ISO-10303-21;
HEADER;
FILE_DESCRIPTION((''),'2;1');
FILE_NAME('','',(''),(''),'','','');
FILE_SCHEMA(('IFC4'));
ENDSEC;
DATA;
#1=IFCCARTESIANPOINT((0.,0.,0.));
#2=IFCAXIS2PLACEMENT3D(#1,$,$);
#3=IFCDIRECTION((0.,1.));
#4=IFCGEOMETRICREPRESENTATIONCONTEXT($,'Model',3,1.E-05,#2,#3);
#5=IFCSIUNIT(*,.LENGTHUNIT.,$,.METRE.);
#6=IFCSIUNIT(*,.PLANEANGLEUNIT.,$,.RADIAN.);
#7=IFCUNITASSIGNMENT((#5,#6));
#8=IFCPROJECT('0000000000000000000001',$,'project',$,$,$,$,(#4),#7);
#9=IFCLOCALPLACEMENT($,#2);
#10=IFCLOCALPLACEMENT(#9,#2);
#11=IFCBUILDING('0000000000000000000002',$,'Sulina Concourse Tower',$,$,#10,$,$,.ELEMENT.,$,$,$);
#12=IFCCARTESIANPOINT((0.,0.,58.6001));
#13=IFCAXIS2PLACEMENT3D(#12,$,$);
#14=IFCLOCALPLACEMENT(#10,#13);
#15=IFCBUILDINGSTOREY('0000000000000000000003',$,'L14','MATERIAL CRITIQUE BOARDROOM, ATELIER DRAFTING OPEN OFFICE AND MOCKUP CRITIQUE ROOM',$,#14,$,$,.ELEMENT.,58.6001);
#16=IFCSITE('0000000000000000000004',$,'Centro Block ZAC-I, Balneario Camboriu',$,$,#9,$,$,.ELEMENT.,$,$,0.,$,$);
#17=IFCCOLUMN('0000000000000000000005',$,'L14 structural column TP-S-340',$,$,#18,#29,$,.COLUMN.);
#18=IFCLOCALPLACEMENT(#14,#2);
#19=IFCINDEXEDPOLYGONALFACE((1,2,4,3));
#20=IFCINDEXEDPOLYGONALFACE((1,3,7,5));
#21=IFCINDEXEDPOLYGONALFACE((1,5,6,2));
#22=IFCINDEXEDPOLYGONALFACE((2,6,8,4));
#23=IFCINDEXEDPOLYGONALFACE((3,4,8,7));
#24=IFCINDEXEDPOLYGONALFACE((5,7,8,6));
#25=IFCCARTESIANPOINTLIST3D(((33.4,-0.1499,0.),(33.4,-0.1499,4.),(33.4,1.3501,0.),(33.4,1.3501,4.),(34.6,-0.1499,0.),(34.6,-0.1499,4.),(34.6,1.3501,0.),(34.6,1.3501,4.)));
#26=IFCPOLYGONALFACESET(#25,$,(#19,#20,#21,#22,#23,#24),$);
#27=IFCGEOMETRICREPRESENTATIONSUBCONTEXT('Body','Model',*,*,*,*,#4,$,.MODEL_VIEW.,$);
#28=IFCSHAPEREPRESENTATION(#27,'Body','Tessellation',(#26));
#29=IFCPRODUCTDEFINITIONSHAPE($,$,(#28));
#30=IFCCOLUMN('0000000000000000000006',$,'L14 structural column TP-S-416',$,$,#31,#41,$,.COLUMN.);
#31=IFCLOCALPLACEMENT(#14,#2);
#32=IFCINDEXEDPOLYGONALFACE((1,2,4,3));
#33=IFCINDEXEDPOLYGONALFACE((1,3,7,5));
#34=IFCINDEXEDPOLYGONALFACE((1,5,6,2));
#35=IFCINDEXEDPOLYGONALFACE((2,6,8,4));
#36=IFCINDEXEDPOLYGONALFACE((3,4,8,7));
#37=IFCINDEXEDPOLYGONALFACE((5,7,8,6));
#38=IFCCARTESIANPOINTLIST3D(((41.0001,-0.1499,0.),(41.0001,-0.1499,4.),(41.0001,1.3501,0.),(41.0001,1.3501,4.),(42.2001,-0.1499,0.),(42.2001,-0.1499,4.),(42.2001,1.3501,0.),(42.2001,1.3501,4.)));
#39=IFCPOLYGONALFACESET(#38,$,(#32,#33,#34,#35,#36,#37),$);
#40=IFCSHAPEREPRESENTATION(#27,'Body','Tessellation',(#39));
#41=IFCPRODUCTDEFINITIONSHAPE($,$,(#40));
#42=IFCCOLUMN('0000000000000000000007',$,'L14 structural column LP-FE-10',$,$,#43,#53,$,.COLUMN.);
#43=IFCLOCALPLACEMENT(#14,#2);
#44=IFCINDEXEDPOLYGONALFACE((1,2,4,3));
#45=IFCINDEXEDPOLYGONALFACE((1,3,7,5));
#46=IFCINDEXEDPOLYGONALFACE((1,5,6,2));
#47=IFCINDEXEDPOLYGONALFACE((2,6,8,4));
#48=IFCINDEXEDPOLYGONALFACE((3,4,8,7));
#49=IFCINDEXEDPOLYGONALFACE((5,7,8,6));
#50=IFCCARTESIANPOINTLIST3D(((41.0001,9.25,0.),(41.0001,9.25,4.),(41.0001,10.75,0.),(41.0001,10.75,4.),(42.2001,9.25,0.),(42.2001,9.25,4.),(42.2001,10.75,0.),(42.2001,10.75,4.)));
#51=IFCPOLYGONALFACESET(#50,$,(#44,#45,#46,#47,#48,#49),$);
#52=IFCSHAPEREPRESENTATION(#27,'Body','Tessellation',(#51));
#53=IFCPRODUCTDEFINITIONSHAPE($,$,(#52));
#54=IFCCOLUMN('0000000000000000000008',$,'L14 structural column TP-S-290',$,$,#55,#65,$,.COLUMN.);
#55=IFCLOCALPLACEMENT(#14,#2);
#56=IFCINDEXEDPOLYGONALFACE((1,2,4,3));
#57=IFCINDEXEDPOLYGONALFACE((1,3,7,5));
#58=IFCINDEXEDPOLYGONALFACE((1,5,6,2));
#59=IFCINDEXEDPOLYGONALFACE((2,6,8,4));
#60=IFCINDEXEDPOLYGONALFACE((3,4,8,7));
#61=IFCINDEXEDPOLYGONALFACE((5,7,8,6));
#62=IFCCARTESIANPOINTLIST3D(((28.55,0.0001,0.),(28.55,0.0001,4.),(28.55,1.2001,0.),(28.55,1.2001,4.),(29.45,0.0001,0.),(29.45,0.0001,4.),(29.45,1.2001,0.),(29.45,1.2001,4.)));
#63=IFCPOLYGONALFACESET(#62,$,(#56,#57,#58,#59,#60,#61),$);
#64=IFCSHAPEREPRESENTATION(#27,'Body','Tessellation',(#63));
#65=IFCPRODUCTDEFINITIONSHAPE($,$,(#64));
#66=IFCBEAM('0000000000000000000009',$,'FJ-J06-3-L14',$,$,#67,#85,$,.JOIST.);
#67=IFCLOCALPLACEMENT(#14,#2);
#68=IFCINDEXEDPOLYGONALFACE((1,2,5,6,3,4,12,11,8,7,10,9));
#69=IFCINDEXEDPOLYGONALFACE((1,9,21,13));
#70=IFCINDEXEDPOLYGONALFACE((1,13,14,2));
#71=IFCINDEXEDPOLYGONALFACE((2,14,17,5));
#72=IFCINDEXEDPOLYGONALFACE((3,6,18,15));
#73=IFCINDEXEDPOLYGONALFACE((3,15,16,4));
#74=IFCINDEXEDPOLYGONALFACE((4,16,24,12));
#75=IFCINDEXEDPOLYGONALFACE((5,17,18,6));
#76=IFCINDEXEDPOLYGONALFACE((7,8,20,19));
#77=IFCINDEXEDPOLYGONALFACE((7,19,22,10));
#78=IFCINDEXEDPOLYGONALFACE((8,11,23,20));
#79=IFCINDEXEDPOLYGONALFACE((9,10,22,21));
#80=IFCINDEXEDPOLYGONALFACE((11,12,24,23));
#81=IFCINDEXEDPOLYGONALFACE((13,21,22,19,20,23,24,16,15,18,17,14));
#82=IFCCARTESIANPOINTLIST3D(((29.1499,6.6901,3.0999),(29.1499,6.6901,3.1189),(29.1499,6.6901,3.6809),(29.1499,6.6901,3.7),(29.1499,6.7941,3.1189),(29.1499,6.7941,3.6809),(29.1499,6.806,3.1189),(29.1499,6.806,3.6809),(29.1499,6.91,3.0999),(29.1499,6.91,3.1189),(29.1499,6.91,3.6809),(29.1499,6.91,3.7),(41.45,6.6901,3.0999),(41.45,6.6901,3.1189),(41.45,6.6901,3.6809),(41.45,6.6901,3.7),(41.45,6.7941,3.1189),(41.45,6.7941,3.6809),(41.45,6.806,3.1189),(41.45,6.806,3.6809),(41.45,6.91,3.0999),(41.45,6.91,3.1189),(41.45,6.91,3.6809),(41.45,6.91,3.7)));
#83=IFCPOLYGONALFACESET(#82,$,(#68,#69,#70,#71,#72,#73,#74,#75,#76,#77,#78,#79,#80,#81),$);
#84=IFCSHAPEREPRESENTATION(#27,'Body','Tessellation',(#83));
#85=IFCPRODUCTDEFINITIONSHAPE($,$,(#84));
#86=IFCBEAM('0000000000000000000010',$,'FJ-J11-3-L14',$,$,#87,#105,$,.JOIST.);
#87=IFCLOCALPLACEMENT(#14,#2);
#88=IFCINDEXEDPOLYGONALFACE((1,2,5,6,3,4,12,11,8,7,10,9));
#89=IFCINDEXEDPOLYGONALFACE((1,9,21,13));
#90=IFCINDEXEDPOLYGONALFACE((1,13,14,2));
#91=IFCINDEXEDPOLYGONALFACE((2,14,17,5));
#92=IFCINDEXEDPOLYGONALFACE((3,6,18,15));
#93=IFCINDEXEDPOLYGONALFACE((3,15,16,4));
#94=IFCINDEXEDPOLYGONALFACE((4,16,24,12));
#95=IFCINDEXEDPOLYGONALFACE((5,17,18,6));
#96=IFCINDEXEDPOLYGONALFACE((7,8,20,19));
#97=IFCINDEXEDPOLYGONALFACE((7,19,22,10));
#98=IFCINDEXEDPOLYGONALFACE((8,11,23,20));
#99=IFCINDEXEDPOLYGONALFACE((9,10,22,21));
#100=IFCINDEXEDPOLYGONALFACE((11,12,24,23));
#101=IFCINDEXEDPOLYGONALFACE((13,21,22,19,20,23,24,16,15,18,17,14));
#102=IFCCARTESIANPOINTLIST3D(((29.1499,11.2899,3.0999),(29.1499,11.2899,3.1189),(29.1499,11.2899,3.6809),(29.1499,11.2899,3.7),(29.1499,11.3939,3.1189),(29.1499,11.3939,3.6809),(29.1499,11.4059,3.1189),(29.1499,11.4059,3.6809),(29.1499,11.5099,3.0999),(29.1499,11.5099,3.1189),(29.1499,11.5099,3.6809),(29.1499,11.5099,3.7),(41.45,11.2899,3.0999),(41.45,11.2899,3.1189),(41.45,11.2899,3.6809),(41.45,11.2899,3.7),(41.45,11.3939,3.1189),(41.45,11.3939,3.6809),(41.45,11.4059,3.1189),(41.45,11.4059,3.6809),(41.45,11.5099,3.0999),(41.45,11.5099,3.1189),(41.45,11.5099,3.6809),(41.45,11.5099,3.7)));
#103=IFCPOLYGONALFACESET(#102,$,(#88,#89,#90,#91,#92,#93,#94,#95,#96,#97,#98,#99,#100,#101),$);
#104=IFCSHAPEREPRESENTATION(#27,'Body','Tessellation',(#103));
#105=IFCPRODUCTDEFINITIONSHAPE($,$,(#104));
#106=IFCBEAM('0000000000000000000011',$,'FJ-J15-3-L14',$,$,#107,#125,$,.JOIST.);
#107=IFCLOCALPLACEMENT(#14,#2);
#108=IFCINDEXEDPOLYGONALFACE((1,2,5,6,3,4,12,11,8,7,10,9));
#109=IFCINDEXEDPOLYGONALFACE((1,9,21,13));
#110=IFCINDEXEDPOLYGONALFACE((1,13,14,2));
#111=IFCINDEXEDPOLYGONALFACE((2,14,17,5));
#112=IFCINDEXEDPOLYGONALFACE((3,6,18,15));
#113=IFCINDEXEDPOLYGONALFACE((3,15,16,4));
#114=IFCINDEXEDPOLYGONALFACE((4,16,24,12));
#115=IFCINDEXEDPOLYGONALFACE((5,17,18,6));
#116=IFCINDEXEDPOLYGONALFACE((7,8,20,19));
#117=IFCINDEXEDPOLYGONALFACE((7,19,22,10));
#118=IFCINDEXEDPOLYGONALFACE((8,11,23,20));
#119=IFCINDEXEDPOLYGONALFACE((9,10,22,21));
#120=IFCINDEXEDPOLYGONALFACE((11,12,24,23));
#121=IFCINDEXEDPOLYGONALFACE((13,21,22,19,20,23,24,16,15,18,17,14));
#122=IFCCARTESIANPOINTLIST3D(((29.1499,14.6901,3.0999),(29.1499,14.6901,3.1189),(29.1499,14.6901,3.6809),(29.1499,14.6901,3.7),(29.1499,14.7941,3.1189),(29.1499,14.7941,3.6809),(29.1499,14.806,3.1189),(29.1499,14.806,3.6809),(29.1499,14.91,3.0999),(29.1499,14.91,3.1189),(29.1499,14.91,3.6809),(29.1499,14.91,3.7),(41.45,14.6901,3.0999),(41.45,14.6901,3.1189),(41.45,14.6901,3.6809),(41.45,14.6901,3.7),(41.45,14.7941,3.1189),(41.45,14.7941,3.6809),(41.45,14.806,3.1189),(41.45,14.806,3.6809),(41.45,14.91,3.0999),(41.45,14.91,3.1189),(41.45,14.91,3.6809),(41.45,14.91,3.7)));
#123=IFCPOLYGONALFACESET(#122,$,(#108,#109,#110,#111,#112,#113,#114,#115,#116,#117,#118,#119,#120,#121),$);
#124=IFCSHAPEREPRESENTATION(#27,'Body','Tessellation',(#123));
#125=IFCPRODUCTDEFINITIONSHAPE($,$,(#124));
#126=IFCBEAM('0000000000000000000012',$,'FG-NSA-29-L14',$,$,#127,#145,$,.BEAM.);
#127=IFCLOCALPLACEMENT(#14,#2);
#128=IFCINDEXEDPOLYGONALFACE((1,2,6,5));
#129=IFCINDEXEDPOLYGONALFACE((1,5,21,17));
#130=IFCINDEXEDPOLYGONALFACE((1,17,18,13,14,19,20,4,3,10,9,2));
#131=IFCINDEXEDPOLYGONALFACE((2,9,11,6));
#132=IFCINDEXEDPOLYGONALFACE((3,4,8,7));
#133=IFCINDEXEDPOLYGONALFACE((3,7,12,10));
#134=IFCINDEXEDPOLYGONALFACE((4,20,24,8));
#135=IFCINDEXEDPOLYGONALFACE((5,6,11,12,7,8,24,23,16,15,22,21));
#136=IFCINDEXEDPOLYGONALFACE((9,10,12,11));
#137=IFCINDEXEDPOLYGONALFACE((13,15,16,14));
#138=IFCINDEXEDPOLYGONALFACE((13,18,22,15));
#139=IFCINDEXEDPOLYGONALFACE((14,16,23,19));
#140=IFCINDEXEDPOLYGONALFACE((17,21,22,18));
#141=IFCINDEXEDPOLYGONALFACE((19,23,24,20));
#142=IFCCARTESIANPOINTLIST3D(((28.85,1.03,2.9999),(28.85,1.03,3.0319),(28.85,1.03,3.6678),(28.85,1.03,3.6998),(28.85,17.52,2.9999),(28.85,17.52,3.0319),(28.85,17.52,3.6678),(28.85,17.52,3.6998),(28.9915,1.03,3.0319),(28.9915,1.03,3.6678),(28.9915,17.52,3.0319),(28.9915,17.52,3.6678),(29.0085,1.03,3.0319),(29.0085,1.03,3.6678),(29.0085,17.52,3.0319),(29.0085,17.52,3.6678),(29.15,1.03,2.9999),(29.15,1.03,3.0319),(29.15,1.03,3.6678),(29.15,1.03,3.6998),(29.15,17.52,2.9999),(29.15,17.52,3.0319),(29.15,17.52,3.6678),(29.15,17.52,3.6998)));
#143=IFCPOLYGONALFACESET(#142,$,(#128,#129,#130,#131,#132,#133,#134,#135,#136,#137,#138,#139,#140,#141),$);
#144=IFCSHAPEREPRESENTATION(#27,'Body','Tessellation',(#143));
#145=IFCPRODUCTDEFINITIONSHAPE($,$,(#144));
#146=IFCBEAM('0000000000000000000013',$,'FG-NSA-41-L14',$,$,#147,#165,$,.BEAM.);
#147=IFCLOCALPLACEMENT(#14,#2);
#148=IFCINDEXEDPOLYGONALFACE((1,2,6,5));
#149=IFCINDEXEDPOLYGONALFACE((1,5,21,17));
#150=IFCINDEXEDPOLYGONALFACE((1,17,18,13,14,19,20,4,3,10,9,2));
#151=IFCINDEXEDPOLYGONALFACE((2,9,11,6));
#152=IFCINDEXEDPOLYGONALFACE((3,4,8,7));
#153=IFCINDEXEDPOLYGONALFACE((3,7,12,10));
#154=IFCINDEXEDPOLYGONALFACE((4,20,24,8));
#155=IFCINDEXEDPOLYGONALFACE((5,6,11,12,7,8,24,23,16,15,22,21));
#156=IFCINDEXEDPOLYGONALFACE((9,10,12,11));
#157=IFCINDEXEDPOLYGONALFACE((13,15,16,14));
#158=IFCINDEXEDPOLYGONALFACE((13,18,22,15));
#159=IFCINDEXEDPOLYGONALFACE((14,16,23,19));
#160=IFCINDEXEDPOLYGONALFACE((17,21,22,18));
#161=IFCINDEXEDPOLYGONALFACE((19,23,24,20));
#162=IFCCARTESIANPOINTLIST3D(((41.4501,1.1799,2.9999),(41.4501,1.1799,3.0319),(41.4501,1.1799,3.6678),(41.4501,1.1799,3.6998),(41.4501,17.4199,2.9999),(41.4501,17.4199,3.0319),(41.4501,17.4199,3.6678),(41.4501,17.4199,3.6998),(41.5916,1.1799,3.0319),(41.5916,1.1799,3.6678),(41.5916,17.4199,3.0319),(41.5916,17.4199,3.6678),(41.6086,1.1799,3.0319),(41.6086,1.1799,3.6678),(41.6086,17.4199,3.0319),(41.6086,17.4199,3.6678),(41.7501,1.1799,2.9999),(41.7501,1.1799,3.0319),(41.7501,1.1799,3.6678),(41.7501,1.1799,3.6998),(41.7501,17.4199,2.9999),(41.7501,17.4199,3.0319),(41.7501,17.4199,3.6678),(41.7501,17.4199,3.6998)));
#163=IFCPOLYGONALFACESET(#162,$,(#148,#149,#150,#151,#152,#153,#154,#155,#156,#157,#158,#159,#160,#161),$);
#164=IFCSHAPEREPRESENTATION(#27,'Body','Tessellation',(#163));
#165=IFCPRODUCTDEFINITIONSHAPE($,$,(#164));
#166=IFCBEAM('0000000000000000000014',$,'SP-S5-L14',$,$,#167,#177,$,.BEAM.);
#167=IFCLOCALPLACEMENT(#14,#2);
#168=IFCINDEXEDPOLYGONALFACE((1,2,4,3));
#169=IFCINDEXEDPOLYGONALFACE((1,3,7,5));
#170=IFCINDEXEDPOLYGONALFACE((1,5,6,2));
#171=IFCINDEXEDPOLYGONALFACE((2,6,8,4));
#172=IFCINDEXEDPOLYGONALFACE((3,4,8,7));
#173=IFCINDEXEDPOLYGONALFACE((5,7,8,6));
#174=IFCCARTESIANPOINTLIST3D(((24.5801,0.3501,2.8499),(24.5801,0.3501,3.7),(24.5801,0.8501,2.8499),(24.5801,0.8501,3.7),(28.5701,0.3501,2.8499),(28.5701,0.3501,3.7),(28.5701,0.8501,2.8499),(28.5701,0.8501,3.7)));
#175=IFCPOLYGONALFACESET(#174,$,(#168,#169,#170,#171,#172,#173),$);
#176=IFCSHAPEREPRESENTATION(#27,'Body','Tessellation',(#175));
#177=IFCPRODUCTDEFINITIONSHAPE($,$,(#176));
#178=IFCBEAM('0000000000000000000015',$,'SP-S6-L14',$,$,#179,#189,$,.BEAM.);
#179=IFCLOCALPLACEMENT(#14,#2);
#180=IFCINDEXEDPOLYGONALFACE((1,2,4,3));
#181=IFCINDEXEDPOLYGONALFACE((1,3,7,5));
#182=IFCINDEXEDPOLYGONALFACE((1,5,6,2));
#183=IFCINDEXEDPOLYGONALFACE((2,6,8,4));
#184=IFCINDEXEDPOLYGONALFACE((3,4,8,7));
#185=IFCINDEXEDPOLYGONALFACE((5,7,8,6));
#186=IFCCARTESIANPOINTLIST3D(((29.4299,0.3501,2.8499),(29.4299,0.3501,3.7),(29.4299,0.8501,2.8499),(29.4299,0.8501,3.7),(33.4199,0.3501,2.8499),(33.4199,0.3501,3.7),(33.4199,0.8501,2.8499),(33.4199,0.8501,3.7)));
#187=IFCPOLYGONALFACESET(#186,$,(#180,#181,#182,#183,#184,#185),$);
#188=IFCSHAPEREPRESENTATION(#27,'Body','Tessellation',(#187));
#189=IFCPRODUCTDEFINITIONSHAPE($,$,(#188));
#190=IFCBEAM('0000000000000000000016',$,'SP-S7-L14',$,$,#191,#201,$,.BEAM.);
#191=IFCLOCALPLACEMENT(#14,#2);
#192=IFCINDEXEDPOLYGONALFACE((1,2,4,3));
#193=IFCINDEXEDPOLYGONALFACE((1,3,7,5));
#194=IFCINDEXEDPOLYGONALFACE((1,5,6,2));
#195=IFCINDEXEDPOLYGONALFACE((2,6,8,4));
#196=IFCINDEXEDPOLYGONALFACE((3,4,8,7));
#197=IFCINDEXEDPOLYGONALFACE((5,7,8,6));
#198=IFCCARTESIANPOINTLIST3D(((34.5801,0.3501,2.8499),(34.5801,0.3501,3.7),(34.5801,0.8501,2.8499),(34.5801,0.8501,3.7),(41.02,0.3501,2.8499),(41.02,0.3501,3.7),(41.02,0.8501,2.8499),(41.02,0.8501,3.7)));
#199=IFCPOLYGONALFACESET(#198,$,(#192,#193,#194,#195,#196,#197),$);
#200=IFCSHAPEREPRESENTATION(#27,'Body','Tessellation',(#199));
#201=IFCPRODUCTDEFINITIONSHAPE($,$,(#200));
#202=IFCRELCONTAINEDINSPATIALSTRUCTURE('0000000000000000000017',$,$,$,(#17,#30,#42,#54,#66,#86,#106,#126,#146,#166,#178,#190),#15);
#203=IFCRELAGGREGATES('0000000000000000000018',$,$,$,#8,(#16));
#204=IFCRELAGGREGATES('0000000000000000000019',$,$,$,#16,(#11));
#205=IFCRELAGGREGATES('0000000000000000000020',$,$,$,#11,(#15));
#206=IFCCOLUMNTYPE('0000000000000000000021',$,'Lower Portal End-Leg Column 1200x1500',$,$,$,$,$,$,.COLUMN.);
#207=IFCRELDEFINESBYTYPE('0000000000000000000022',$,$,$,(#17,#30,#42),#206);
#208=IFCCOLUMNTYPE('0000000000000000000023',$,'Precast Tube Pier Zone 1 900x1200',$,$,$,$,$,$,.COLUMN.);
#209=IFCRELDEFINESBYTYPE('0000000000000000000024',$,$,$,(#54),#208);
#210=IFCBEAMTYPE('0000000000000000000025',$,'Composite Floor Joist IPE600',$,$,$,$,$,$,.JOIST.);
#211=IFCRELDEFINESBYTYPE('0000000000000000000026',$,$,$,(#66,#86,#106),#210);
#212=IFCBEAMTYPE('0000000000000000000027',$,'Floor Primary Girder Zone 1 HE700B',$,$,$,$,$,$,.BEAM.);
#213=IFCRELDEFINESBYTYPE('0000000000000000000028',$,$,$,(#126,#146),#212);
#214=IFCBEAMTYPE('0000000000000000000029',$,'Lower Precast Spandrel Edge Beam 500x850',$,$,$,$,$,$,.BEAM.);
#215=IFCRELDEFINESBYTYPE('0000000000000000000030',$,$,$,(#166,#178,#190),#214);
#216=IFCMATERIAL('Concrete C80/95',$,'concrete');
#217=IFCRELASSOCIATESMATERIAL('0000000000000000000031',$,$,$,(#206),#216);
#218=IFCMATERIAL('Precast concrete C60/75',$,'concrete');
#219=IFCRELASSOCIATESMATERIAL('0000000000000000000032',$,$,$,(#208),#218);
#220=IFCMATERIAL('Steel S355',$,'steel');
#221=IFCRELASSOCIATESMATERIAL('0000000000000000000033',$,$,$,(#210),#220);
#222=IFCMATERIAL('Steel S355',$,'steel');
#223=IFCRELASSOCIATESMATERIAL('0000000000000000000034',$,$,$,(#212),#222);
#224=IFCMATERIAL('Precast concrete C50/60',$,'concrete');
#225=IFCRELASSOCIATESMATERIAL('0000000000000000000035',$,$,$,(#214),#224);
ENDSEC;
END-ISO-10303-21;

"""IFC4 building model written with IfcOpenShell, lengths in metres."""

from ifc_helpers import new_model, si_unit, direction, frame, origin, origin_2d, place, context, subcontext, project, spatial, rectangle, i_section, extrude, material, material_profile, profile_set, type_object, element, save


model = new_model("IFC4")

# Units and contexts
model_context = context("Model", 3, precision=1e-05, world=origin(), true_north=direction((0.0, 1.0)))
body_context = subcontext(model_context, "Body", "Model", "MODEL_VIEW")
ifc_project = project(units=[si_unit("LENGTHUNIT", "METRE"), si_unit("PLANEANGLEUNIT", "RADIAN")], contexts=[model_context])

# Site, building, storey
site_placement = place(None, origin())
site = spatial("IfcSite", under=ifc_project, at=site_placement, Name="Centro Block ZAC-I, Balneario Camboriu", CompositionType="ELEMENT", RefElevation=0.0)
building_placement = place(site_placement, origin())
building = spatial("IfcBuilding", under=site, at=building_placement, Name="Sulina Concourse Tower", CompositionType="ELEMENT")
storey_placement = place(building_placement, frame((0.0, 0.0, 58.6001)))
storey = spatial("IfcBuildingStorey", under=building, at=storey_placement, Name="L14", Description="MATERIAL CRITIQUE BOARDROOM, ATELIER DRAFTING OPEN OFFICE AND MOCKUP CRITIQUE ROOM", CompositionType="ELEMENT", Elevation=58.6001)

# Columns
ifc_material_1 = material(Name="Concrete C80/95", Category="concrete")
ifc_material_profile_1 = material_profile(ifc_material_1, rectangle(XDim=1.2, YDim=1.5, at=origin_2d()), Name="RC 1200x1500")
ifc_profile_set_1 = profile_set([ifc_material_profile_1], Name="Concrete C80/95")
column_type_1 = type_object("IfcColumnType", Name="Lower Portal End-Leg Column 1200x1500", PredefinedType="COLUMN", material=ifc_profile_set_1)
for number, where, z_axis, x_axis, name in (
    (1, (34.0, 0.6001, 0.0), (0.0, 0.0, 1.0), (1.0, 0.0, 0.0), "L14 structural column TP-S-340"),
    (2, (41.6001, 0.6001, 0.0), (0.0, 0.0, 1.0), (1.0, 0.0, 0.0), "L14 structural column TP-S-416"),
    (3, (41.6001, 10.0, 0.0), (0.0, 0.0, 1.0), (1.0, 0.0, 0.0), "L14 structural column LP-FE-10"),
):
    element("IfcColumn", number, at=place(storey_placement, frame(where, z_axis=z_axis, x_axis=x_axis)), inside=storey, type_object=column_type_1, Name=name, PredefinedType="COLUMN", context=body_context, shape_type="SweptSolid", body=[
        extrude(rectangle(XDim=1.2, YDim=1.5, at=origin_2d()), origin(), (0.0, 0.0, 1.0), 4.0),
    ])
ifc_material_2 = material(Name="Precast concrete C60/75", Category="concrete")
ifc_material_profile_2 = material_profile(ifc_material_2, rectangle(XDim=0.8999, YDim=1.2, at=origin_2d()), Name="PC 900x1200")
ifc_profile_set_2 = profile_set([ifc_material_profile_2], Name="Precast concrete C60/75")
column_type_2 = type_object("IfcColumnType", Name="Precast Tube Pier Zone 1 900x1200", PredefinedType="COLUMN", material=ifc_profile_set_2)
column_placement = place(storey_placement, frame((29.0, 0.6001, 0.0), z_axis=(0.0, 0.0, 1.0), x_axis=(1.0, 0.0, 0.0)))
element("IfcColumn", 4, at=column_placement, inside=storey, type_object=column_type_2, Name="L14 structural column TP-S-290", PredefinedType="COLUMN", context=body_context, shape_type="SweptSolid", body=[
    extrude(rectangle(XDim=0.8999, YDim=1.2, at=origin_2d()), origin(), (0.0, 0.0, 1.0), 4.0),
])

# Beams
ifc_material_3 = material(Name="Steel S355", Category="steel")
ifc_material_profile_3 = material_profile(ifc_material_3, i_section(OverallWidth=0.22, OverallDepth=0.6001, WebThickness=0.012, FlangeThickness=0.019, at=origin_2d()), Name="IPE 600")
ifc_profile_set_3 = profile_set([ifc_material_profile_3], Name="Steel S355")
beam_type_1 = type_object("IfcBeamType", Name="Composite Floor Joist IPE600", PredefinedType="JOIST", material=ifc_profile_set_3)
for number, where, z_axis, x_axis, name in (
    (5, (29.1499, 6.8, 3.3999), (1.0, 0.0, 0.0), (0.0, 1.0, 0.0), "FJ-J06-3-L14"),
    (6, (29.1499, 11.3999, 3.3999), (1.0, 0.0, 0.0), (0.0, 1.0, 0.0), "FJ-J11-3-L14"),
    (7, (29.1499, 14.8, 3.3999), (1.0, 0.0, 0.0), (0.0, 1.0, 0.0), "FJ-J15-3-L14"),
):
    element("IfcBeam", number, at=place(storey_placement, frame(where, z_axis=z_axis, x_axis=x_axis)), inside=storey, type_object=beam_type_1, Name=name, PredefinedType="JOIST", context=body_context, shape_type="SweptSolid", body=[
        extrude(i_section(OverallWidth=0.22, OverallDepth=0.6001, WebThickness=0.012, FlangeThickness=0.019, at=origin_2d()), origin(), (0.0, 0.0, 1.0), 12.3),
    ])
ifc_material_4 = material(Name="Steel S355", Category="steel")
ifc_material_profile_4 = material_profile(ifc_material_4, i_section(OverallWidth=0.3, OverallDepth=0.7, WebThickness=0.0171, FlangeThickness=0.032, at=origin_2d()), Name="HE 700 B")
ifc_profile_set_4 = profile_set([ifc_material_profile_4], Name="Steel S355")
beam_type_2 = type_object("IfcBeamType", Name="Floor Primary Girder Zone 1 HE700B", PredefinedType="BEAM", material=ifc_profile_set_4)
beam_1_placement = place(storey_placement, frame((29.0, 1.03, 3.3499), z_axis=(0.0, 1.0, 0.0), x_axis=(-1.0, 0.0, 0.0)))
element("IfcBeam", 8, at=beam_1_placement, inside=storey, type_object=beam_type_2, Name="FG-NSA-29-L14", PredefinedType="BEAM", context=body_context, shape_type="SweptSolid", body=[
    extrude(i_section(OverallWidth=0.3, OverallDepth=0.7, WebThickness=0.0171, FlangeThickness=0.032, at=origin_2d()), origin(), (0.0, 0.0, 1.0), 16.49),
])
beam_2_placement = place(storey_placement, frame((41.6001, 1.1799, 3.3499), z_axis=(0.0, 1.0, 0.0), x_axis=(-1.0, 0.0, 0.0)))
element("IfcBeam", 9, at=beam_2_placement, inside=storey, type_object=beam_type_2, Name="FG-NSA-41-L14", PredefinedType="BEAM", context=body_context, shape_type="SweptSolid", body=[
    extrude(i_section(OverallWidth=0.3, OverallDepth=0.7, WebThickness=0.0171, FlangeThickness=0.032, at=origin_2d()), origin(), (0.0, 0.0, 1.0), 16.24),
])
ifc_material_5 = material(Name="Precast concrete C50/60", Category="concrete")
ifc_material_profile_5 = material_profile(ifc_material_5, rectangle(XDim=0.5, YDim=0.8501, at=origin_2d()), Name="RC 500x850")
ifc_profile_set_5 = profile_set([ifc_material_profile_5], Name="Precast concrete C50/60")
beam_type_3 = type_object("IfcBeamType", Name="Lower Precast Spandrel Edge Beam 500x850", PredefinedType="BEAM", material=ifc_profile_set_5)
for number, where, z_axis, x_axis, name in (
    (10, (24.5801, 0.6001, 3.2749), (1.0, 0.0, 0.0), (0.0, 1.0, 0.0), "SP-S5-L14"),
    (11, (29.4299, 0.6001, 3.2749), (1.0, 0.0, 0.0), (0.0, 1.0, 0.0), "SP-S6-L14"),
):
    element("IfcBeam", number, at=place(storey_placement, frame(where, z_axis=z_axis, x_axis=x_axis)), inside=storey, type_object=beam_type_3, Name=name, PredefinedType="BEAM", context=body_context, shape_type="SweptSolid", body=[
        extrude(rectangle(XDim=0.5, YDim=0.8501, at=origin_2d()), origin(), (0.0, 0.0, 1.0), 3.99),
    ])
beam_3_placement = place(storey_placement, frame((34.5801, 0.6001, 3.2749), z_axis=(1.0, 0.0, 0.0), x_axis=(0.0, 1.0, 0.0)))
element("IfcBeam", 12, at=beam_3_placement, inside=storey, type_object=beam_type_3, Name="SP-S7-L14", PredefinedType="BEAM", context=body_context, shape_type="SweptSolid", body=[
    extrude(rectangle(XDim=0.5, YDim=0.8501, at=origin_2d()), origin(), (0.0, 0.0, 1.0), 6.4399),
])

save(model, "model.ifc")
